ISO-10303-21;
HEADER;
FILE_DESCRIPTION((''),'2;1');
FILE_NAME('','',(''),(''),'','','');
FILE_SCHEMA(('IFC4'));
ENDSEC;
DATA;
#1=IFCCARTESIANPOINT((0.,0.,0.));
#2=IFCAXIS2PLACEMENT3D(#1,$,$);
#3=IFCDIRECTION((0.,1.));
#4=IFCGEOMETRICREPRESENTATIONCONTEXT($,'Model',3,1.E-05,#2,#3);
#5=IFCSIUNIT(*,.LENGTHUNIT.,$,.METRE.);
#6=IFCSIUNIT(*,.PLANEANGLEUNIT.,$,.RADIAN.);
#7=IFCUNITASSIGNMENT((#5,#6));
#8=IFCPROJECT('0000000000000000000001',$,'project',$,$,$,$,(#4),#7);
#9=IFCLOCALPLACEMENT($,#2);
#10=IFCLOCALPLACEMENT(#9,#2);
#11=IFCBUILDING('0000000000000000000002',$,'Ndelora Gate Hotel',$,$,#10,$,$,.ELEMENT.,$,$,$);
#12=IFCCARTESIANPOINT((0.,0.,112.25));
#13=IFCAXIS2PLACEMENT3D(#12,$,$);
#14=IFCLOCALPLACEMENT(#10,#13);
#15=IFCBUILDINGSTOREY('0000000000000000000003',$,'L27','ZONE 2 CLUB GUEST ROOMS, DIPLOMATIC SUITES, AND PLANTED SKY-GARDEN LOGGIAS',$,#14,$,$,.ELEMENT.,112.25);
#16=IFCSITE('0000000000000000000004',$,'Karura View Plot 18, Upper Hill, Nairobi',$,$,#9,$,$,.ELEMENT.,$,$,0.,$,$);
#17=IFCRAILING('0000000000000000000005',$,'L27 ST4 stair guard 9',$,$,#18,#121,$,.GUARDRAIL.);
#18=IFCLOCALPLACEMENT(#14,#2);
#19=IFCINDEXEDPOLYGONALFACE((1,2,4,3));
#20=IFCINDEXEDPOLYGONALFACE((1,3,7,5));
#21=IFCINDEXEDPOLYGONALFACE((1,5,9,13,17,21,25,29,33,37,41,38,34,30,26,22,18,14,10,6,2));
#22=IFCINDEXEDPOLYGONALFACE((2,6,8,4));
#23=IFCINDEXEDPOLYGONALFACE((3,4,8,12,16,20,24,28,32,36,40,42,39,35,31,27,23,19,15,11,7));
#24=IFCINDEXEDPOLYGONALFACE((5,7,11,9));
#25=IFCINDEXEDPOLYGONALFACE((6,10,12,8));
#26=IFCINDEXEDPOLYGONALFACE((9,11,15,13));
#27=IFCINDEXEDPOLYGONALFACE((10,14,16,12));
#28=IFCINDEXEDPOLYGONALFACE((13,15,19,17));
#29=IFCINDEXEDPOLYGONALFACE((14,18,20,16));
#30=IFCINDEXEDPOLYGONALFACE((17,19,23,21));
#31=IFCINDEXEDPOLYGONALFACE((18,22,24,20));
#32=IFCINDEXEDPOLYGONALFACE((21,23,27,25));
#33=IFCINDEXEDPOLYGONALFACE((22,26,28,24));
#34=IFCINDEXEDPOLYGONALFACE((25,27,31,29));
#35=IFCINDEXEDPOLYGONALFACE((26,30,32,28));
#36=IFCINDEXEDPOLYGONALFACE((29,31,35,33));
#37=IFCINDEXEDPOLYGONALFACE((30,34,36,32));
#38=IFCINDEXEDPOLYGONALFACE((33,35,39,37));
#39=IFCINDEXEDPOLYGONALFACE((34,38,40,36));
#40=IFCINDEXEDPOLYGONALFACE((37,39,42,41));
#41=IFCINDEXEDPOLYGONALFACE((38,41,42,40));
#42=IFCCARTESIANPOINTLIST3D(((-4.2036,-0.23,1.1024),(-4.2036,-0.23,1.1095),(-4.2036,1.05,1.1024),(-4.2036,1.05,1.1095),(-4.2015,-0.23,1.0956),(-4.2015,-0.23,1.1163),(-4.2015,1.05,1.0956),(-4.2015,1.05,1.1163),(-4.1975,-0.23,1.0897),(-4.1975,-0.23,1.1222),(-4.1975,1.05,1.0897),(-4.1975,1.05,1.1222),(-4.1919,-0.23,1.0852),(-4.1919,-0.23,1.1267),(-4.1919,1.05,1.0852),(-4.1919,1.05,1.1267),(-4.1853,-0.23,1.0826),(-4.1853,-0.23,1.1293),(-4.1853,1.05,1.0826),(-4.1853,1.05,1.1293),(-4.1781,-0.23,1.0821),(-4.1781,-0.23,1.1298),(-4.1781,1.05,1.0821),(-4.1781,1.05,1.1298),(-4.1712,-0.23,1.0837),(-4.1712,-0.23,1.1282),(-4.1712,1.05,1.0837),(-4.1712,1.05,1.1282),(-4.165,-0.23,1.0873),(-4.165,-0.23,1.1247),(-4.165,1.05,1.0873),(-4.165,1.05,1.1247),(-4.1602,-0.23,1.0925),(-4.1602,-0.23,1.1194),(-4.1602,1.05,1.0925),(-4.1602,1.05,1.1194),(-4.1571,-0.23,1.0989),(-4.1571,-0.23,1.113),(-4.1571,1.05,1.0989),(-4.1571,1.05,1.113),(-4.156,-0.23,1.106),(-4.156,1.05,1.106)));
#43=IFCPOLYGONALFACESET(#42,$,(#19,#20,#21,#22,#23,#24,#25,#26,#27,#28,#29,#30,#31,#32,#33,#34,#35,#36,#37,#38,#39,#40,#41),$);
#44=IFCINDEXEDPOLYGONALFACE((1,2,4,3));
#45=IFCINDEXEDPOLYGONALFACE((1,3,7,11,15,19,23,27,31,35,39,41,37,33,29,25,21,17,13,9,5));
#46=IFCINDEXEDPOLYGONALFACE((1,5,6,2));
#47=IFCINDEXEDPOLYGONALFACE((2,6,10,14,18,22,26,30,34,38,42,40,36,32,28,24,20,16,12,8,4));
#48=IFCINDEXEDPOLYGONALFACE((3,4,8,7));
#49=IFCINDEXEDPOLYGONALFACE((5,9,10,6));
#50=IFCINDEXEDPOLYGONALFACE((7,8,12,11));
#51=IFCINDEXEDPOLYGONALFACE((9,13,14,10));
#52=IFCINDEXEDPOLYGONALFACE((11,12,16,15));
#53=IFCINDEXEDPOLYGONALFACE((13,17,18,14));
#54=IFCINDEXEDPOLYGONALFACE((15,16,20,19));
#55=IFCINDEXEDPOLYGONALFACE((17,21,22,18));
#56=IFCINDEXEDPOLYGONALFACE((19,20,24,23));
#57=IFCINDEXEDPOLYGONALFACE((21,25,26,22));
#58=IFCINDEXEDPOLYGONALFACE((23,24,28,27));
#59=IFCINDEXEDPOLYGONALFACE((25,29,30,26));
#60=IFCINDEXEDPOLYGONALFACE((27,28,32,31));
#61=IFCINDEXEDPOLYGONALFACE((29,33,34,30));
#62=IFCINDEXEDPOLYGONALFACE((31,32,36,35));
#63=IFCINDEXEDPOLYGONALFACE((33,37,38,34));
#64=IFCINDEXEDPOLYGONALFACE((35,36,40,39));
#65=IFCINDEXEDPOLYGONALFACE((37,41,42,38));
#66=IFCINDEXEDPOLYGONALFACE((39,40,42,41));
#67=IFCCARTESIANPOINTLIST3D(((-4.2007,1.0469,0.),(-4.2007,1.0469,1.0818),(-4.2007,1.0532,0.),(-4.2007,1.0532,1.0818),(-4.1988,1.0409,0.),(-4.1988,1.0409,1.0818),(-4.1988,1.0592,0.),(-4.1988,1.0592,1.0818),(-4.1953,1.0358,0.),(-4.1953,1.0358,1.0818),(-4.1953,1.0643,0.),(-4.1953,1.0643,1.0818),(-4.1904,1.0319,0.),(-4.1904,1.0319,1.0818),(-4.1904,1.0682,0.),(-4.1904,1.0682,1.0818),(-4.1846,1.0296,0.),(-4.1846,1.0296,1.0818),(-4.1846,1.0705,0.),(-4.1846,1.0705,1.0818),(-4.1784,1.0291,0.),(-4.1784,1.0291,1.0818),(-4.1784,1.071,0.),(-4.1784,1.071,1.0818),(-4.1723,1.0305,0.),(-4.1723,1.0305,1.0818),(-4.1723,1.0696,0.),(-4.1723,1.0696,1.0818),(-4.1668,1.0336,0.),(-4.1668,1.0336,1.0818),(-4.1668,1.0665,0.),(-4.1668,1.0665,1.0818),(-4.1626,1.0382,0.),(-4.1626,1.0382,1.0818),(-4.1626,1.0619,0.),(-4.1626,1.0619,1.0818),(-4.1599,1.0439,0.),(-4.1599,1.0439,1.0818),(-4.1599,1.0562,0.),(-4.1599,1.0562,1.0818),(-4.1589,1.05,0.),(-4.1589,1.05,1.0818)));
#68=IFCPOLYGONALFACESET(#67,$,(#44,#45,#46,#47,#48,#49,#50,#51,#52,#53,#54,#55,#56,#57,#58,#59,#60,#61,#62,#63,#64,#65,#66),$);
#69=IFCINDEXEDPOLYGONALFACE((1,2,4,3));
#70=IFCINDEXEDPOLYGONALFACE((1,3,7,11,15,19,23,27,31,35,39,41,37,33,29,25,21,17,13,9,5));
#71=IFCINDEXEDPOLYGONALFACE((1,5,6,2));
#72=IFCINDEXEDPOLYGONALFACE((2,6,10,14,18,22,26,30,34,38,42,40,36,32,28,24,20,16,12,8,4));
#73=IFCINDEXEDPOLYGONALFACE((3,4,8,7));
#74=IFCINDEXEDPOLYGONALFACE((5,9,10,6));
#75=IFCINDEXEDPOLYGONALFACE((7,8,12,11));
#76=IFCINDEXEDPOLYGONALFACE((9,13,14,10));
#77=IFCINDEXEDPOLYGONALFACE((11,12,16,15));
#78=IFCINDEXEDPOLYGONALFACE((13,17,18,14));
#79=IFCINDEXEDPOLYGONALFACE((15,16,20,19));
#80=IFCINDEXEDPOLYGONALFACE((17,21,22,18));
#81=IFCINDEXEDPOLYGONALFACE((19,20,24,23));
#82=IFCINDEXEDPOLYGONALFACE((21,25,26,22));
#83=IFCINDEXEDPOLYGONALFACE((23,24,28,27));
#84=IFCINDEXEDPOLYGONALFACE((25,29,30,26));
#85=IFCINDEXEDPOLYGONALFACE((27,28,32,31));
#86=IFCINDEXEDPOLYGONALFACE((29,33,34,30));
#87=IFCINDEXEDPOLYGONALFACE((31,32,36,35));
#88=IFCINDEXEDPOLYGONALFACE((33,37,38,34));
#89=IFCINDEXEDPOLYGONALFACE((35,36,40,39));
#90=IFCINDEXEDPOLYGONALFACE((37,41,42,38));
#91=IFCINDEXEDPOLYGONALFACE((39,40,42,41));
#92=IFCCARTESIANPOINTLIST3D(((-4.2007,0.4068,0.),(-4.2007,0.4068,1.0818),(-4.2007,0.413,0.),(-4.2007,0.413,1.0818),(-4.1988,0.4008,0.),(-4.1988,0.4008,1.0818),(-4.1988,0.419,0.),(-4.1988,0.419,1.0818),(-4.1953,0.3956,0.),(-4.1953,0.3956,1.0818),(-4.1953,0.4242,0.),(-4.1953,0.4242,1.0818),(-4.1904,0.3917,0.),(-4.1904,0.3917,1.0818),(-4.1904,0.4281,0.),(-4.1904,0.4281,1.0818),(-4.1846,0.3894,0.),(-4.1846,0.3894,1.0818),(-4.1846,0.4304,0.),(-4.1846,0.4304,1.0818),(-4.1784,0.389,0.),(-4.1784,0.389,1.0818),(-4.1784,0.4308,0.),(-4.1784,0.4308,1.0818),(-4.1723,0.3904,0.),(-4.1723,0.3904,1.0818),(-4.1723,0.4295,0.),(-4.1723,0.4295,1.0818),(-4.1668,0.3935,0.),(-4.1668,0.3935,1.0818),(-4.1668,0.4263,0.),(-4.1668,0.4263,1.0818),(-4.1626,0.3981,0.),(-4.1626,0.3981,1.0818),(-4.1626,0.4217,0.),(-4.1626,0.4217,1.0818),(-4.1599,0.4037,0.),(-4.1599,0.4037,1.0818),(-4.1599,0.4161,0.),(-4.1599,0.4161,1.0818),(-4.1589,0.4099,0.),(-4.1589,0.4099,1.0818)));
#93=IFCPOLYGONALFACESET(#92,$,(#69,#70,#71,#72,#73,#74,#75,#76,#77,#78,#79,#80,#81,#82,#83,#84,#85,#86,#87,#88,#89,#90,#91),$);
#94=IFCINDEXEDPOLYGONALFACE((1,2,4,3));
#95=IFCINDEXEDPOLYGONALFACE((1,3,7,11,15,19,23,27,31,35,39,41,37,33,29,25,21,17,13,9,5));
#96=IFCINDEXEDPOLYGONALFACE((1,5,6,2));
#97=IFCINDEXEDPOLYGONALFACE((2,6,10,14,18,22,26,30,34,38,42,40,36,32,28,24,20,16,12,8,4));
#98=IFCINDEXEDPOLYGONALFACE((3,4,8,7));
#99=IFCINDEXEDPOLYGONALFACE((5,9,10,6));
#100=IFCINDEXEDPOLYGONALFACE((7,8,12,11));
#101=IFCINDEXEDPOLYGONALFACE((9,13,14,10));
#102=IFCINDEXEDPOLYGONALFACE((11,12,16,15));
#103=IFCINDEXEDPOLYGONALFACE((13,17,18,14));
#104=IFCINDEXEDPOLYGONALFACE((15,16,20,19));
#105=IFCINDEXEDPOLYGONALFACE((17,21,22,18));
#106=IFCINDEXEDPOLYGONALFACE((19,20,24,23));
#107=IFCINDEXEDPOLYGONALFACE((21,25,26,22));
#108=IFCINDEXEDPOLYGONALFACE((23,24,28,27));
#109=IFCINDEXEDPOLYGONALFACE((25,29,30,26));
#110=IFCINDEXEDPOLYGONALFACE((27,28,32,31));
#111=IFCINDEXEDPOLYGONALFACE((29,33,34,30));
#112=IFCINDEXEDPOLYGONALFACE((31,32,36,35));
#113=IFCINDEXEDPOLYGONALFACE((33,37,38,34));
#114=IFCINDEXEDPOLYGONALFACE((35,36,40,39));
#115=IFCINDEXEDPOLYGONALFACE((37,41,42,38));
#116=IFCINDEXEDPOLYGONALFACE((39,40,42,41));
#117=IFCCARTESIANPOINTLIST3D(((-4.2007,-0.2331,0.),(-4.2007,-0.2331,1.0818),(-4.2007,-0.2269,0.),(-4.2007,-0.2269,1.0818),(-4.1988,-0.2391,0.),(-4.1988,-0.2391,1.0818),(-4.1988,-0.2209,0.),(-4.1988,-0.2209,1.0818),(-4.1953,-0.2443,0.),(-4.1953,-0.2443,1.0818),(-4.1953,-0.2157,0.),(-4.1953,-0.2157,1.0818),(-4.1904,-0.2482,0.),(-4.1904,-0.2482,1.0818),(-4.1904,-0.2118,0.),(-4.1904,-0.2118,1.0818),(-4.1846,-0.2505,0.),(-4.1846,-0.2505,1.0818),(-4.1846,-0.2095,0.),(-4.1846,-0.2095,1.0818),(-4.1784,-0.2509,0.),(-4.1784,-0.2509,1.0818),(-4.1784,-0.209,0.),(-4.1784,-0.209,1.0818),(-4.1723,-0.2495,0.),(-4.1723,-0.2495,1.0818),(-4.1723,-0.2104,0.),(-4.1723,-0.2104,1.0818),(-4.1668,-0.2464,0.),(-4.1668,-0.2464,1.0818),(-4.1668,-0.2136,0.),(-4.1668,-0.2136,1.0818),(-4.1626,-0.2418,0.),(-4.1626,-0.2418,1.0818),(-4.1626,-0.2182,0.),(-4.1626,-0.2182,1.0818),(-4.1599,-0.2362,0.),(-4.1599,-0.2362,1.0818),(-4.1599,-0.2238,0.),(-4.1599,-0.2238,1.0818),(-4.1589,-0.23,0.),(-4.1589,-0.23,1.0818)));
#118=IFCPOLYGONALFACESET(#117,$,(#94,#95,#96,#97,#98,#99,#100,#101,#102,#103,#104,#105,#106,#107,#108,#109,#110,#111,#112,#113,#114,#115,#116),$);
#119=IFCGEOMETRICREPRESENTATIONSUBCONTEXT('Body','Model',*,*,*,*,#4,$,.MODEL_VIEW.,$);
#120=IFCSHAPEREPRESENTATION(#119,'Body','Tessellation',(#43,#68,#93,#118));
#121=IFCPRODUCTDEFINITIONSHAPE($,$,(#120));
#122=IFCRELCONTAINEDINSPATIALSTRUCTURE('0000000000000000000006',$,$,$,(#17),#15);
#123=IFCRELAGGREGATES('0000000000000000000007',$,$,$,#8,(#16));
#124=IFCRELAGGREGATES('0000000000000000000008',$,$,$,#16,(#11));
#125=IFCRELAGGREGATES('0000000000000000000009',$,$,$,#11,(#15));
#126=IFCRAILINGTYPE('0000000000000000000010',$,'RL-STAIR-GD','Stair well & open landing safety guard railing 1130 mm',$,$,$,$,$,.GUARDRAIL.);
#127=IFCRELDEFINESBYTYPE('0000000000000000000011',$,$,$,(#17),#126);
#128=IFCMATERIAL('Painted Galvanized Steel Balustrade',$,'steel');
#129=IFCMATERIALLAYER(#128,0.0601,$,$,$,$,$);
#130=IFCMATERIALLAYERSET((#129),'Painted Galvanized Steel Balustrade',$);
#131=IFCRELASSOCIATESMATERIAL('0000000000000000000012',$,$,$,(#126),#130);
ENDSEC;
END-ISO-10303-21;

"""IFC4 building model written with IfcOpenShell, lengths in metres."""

from ifc_helpers import new_model, si_unit, direction, frame, origin, origin_2d, place, context, subcontext, project, spatial, circle, extrude, material, layer, layer_set, type_object, element, save


model = new_model("IFC4")

# Units and contexts
model_context = context("Model", 3, precision=1e-05, world=origin(), true_north=direction((0.0, 1.0)))
body_context = subcontext(model_context, "Body", "Model", "MODEL_VIEW")
ifc_project = project(units=[si_unit("LENGTHUNIT", "METRE"), si_unit("PLANEANGLEUNIT", "RADIAN")], contexts=[model_context])

# Site, building, storey
site_placement = place(None, origin())
site = spatial("IfcSite", under=ifc_project, at=site_placement, Name="Karura View Plot 18, Upper Hill, Nairobi", CompositionType="ELEMENT", RefElevation=0.0)
building_placement = place(site_placement, origin())
building = spatial("IfcBuilding", under=site, at=building_placement, Name="Ndelora Gate Hotel", CompositionType="ELEMENT")
storey_placement = place(building_placement, frame((0.0, 0.0, 112.25)))
storey = spatial("IfcBuildingStorey", under=building, at=storey_placement, Name="L27", Description="ZONE 2 CLUB GUEST ROOMS, DIPLOMATIC SUITES, AND PLANTED SKY-GARDEN LOGGIAS", CompositionType="ELEMENT", Elevation=112.25)

# Railing
ifc_material_1 = material(Name="Painted Galvanized Steel Balustrade", Category="steel")
ifc_layer_1 = layer(ifc_material_1, 0.0601)
ifc_layer_set_1 = layer_set([ifc_layer_1], Name="Painted Galvanized Steel Balustrade")
railing_type_1 = type_object("IfcRailingType", Name="RL-STAIR-GD", Description="Stair well & open landing safety guard railing 1130 mm", PredefinedType="GUARDRAIL", material=ifc_layer_set_1)
for number, where, name in (
    (1, (-4.1799, 1.05, 0.0), "L27 ST4 stair guard 9"),
):
    element("IfcRailing", number, at=place(storey_placement, frame(where)), inside=storey, type_object=railing_type_1, Name=name, PredefinedType="GUARDRAIL", context=body_context, shape_type="SweptSolid", body=[
        extrude(circle(Radius=0.0239, at=origin_2d()), frame((0.0, 0.0, 1.106), z_axis=(0.0, -1.0, 0.0), x_axis=(1.0, 0.0, 0.0)), (0.0, 0.0, 1.0), 1.28),
        extrude(circle(Radius=0.021, at=origin_2d()), origin(), (0.0, 0.0, 1.0), 1.0818),
        extrude(circle(Radius=0.021, at=origin_2d()), frame((0.0, -0.6401, 0.0)), (0.0, 0.0, 1.0), 1.0818),
        extrude(circle(Radius=0.021, at=origin_2d()), frame((0.0, -1.28, 0.0)), (0.0, 0.0, 1.0), 1.0818),
    ])

save(model, "model.ifc")
